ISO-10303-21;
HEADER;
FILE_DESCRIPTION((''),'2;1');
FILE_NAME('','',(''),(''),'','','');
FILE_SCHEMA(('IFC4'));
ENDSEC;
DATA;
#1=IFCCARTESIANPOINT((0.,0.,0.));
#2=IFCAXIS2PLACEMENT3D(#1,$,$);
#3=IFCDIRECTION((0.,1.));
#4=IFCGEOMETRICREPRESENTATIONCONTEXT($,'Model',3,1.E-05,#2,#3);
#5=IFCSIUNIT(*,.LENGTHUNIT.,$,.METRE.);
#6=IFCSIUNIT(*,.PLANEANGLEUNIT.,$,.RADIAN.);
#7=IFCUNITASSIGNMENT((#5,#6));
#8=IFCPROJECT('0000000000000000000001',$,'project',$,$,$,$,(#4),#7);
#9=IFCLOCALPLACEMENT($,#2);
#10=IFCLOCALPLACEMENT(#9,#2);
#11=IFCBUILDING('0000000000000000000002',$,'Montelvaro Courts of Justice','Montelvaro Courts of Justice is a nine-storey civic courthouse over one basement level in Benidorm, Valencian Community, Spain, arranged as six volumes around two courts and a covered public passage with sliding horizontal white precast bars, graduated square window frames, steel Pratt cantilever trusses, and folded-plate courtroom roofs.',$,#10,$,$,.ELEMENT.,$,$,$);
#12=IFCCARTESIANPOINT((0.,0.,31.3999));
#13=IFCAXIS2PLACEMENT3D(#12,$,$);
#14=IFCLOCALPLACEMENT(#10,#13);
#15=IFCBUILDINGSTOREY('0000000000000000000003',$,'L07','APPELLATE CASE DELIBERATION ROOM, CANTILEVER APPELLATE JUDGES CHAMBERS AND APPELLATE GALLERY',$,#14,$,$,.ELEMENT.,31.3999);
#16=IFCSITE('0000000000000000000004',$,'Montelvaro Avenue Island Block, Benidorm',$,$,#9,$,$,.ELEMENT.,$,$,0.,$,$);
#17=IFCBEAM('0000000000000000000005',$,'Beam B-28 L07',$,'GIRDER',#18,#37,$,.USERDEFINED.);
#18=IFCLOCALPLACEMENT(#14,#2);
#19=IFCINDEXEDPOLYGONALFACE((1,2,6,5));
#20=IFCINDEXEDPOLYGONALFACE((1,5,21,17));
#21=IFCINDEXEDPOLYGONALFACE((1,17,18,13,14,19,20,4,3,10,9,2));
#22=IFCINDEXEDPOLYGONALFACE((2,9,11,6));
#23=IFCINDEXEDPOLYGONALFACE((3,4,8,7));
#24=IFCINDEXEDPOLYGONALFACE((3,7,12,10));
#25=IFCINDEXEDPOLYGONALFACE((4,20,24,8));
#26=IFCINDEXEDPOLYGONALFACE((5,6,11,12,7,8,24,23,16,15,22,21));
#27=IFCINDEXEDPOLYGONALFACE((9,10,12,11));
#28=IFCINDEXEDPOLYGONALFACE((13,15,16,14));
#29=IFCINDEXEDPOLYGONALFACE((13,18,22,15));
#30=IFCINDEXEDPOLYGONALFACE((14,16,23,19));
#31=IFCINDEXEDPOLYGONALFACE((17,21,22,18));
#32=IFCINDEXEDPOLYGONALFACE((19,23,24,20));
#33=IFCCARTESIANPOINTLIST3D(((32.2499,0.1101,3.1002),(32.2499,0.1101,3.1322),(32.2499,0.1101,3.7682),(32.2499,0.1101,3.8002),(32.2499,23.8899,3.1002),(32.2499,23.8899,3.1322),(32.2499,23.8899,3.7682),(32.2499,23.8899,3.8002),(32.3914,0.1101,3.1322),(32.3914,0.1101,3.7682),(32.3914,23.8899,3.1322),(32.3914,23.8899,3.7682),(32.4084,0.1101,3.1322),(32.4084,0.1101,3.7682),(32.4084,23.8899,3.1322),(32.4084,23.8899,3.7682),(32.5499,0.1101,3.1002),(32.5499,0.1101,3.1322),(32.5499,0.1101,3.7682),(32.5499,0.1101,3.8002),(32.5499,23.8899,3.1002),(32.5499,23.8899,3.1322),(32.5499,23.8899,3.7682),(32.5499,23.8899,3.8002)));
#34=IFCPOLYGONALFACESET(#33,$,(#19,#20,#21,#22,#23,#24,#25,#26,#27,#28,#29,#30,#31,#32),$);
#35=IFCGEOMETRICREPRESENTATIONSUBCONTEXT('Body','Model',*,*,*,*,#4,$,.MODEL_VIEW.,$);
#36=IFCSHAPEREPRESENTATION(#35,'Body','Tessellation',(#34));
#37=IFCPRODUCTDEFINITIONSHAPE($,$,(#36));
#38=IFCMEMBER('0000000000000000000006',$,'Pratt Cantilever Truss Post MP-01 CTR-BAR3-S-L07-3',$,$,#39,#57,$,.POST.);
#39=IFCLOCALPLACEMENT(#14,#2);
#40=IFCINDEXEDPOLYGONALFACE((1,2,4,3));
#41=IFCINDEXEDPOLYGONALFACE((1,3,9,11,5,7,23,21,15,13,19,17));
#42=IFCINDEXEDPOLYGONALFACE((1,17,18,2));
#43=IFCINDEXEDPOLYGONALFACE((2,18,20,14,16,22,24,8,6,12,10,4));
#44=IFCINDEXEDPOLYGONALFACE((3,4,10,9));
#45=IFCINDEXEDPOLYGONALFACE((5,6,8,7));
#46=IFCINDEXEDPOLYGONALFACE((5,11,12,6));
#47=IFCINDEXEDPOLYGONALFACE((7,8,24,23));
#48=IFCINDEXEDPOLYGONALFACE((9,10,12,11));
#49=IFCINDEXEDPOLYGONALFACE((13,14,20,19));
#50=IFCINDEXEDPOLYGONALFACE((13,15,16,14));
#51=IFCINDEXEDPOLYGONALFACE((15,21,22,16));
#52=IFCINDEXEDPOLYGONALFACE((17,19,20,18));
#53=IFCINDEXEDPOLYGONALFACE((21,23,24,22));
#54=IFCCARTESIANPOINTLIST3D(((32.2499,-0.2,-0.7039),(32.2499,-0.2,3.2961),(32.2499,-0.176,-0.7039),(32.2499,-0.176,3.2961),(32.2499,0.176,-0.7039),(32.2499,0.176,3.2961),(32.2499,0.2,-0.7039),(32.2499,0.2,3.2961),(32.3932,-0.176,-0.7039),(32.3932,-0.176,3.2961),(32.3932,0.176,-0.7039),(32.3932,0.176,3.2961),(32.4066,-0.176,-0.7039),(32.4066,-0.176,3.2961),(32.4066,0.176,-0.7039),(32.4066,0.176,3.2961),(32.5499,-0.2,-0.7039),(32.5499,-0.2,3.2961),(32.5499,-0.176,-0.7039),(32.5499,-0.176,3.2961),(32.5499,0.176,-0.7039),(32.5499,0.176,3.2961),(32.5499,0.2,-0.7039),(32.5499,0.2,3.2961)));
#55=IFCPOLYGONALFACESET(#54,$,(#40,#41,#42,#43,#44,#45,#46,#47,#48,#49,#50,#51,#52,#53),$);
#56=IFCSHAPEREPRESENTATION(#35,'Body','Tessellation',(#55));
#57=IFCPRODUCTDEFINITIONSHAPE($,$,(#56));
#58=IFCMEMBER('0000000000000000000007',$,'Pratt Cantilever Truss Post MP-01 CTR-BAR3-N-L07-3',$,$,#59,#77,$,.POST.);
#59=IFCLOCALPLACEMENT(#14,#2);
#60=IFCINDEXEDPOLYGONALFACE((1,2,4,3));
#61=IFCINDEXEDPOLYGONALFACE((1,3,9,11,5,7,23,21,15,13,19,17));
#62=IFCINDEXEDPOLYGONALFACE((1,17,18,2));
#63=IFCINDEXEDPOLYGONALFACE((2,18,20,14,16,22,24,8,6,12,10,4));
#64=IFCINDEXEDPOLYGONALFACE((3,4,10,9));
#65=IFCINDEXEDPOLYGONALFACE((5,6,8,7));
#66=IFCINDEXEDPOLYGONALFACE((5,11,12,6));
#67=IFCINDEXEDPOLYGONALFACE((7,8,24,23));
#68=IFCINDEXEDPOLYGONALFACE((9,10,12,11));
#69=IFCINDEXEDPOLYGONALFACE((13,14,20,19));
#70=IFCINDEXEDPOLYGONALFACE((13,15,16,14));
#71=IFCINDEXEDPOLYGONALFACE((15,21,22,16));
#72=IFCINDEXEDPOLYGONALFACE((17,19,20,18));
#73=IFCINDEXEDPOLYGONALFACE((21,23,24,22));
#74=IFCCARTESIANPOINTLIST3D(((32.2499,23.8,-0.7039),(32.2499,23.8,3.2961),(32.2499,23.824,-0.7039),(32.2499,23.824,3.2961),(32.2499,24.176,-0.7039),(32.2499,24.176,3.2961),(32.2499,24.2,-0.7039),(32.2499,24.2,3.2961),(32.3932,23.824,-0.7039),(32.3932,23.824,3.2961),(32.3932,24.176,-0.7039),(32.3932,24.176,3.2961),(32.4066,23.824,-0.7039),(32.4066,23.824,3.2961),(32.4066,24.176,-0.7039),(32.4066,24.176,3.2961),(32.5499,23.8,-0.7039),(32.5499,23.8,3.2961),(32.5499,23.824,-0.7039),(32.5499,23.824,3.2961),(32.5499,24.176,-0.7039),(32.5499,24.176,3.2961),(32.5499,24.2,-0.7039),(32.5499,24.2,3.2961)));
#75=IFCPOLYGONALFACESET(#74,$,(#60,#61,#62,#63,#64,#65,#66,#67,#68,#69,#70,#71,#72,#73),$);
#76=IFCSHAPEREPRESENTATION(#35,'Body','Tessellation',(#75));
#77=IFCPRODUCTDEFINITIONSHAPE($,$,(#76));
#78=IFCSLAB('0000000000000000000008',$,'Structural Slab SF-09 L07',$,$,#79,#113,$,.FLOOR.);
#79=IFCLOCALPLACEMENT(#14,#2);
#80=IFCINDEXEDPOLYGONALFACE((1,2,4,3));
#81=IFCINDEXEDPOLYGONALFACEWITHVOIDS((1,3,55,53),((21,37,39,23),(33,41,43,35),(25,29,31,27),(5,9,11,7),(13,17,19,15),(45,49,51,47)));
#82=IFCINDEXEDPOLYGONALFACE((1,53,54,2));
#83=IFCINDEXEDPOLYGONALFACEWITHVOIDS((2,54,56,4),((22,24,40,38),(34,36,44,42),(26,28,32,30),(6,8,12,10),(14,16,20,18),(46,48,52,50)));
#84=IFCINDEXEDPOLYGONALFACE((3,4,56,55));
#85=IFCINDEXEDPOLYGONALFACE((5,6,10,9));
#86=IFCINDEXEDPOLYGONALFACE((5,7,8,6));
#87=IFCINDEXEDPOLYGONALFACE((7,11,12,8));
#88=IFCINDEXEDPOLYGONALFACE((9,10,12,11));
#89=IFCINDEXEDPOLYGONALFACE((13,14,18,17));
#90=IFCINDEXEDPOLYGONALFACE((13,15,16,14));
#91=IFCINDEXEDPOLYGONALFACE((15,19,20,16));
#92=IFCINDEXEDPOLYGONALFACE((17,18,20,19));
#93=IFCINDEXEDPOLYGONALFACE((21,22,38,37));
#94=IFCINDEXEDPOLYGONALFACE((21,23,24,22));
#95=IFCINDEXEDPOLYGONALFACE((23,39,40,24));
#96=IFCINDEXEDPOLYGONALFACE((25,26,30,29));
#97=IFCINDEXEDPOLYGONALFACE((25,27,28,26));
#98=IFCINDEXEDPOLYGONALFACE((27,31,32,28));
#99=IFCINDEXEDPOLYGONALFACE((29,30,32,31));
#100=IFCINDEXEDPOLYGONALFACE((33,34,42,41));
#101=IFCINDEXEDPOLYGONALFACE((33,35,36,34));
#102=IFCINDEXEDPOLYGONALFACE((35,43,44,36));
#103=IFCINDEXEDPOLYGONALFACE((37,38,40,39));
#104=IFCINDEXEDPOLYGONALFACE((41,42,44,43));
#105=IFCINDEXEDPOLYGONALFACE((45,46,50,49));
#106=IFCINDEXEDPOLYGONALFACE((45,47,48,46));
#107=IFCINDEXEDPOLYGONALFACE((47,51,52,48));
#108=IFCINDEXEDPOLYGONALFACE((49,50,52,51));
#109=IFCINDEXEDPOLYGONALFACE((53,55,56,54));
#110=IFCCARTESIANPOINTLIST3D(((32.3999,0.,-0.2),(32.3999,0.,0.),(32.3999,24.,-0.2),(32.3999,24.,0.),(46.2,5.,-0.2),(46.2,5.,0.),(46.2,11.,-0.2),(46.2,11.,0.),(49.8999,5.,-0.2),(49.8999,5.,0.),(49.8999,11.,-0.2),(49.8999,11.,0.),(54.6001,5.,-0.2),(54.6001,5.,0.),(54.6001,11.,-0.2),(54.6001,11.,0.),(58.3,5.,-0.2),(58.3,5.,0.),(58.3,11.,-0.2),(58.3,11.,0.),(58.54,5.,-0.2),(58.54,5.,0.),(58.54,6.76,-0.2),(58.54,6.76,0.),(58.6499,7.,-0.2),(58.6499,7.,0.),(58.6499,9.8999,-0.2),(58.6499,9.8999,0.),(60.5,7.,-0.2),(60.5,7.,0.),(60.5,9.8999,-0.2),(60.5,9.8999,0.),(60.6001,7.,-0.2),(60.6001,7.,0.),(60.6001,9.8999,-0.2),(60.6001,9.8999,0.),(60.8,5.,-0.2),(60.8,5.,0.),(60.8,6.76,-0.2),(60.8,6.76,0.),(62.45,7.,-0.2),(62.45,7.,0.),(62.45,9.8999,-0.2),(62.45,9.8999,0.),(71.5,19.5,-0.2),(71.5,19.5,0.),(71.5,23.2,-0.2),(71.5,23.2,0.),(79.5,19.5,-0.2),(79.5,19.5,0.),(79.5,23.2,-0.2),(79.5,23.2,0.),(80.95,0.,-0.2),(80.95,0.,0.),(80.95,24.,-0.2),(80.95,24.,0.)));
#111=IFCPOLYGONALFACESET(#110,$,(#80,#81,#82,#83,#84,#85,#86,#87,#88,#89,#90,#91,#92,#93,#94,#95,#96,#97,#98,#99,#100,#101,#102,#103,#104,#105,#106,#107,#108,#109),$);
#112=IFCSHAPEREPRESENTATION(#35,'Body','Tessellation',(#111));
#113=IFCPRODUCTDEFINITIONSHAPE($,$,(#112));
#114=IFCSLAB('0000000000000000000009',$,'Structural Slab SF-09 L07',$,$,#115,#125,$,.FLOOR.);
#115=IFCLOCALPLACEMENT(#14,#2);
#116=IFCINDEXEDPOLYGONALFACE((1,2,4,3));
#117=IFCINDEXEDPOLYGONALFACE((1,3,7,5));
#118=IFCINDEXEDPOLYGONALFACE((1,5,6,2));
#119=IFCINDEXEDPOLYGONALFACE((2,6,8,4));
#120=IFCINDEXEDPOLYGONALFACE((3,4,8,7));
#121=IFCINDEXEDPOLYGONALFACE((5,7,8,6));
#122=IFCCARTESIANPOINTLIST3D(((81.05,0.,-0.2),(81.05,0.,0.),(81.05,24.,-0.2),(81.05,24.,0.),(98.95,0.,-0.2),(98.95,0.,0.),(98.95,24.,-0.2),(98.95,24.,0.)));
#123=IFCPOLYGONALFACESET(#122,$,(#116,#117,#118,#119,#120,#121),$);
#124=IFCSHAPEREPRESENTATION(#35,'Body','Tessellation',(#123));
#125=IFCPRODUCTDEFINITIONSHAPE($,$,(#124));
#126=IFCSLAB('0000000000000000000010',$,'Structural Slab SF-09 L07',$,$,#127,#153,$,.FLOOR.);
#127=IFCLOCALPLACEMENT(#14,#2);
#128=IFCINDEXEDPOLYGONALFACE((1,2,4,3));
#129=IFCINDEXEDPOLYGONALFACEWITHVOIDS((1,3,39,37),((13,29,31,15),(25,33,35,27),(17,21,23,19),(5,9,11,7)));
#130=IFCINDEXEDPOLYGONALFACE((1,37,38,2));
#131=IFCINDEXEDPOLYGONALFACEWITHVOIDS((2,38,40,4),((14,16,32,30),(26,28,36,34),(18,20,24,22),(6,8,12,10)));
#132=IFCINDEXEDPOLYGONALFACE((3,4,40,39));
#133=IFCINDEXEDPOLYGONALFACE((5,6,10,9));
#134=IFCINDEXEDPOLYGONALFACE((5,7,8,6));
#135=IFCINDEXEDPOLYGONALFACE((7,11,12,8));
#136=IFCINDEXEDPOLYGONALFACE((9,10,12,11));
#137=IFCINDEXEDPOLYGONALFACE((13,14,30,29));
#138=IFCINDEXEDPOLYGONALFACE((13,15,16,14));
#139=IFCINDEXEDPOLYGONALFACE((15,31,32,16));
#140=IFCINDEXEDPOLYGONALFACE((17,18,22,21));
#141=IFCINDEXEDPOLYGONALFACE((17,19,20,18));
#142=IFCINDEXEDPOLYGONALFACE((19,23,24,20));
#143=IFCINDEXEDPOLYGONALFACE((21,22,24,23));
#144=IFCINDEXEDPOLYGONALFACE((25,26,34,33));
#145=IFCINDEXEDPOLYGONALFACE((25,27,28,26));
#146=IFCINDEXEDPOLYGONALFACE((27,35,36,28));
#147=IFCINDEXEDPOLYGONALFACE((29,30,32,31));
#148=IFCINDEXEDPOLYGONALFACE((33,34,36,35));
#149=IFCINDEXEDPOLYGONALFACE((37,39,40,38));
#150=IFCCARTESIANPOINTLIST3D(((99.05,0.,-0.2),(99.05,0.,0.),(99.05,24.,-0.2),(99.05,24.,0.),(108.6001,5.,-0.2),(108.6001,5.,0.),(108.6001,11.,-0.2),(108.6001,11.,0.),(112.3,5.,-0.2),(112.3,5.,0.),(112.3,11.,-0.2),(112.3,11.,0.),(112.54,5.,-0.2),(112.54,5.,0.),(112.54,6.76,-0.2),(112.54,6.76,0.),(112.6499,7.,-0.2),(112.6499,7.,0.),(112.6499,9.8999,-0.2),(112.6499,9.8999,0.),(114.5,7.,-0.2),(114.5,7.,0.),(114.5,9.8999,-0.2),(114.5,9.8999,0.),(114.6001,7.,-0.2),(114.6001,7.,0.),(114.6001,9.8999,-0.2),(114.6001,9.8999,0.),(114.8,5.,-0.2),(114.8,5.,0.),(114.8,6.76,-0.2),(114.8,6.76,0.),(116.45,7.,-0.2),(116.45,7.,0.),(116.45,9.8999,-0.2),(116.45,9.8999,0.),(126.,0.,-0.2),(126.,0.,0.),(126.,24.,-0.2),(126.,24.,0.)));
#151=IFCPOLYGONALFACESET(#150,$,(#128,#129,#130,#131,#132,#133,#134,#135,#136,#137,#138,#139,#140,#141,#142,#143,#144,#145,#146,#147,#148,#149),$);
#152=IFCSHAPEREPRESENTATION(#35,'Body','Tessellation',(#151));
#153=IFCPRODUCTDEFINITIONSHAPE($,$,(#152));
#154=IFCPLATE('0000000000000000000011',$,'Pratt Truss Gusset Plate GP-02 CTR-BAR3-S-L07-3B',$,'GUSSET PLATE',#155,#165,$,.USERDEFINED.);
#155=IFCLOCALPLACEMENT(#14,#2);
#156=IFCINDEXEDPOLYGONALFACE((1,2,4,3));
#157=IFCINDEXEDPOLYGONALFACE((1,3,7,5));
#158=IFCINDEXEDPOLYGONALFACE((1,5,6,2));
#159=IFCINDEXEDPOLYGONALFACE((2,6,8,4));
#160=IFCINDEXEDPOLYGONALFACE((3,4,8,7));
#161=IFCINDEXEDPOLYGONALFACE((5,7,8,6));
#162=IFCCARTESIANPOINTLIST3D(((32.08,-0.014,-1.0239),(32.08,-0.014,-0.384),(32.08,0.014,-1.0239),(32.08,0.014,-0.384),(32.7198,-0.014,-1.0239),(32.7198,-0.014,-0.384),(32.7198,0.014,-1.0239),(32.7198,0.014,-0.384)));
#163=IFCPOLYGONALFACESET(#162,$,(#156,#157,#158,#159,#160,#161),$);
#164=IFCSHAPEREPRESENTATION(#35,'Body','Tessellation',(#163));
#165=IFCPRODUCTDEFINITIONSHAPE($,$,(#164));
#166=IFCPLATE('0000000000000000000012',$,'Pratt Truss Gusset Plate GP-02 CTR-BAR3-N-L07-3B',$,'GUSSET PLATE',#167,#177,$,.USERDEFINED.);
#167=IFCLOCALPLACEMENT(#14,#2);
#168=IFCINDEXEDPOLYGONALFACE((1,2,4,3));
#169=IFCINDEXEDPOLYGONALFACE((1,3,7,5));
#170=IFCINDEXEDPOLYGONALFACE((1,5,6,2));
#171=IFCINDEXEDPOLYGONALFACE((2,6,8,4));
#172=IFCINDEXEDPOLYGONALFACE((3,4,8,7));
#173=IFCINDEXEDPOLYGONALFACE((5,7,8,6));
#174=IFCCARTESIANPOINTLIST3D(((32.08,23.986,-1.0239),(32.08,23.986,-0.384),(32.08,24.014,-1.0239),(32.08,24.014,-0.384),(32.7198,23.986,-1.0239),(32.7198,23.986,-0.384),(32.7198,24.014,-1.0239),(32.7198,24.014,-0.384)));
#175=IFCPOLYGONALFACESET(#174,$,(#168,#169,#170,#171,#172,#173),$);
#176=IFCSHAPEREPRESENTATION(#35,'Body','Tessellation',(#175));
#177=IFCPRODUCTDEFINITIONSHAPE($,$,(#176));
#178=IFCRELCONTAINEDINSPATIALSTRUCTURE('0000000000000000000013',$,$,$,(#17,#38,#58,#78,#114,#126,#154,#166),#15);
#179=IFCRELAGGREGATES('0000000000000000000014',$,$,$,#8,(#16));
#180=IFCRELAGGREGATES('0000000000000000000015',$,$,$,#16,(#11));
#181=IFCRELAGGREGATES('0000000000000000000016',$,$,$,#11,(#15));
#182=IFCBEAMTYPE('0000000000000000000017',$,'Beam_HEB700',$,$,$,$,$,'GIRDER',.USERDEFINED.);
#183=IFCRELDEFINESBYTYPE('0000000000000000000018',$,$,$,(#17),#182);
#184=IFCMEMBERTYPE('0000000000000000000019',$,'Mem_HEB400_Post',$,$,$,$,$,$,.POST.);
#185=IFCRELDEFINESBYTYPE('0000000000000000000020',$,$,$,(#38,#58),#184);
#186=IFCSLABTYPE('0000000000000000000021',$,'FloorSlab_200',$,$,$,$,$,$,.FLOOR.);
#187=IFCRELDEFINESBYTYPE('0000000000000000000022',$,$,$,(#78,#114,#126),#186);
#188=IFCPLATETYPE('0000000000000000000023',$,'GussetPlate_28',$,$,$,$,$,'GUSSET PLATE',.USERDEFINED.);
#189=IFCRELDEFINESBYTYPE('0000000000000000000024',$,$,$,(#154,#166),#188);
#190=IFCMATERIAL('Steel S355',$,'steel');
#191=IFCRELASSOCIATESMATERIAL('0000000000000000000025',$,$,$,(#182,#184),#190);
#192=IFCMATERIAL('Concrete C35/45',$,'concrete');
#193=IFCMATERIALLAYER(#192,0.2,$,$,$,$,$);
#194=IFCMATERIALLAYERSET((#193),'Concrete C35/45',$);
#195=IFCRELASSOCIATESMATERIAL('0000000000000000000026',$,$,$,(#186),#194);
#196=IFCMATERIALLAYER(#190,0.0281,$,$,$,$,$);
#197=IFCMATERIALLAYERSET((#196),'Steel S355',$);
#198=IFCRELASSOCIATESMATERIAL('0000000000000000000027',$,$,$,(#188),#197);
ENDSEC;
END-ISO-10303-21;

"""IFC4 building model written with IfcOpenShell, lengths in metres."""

from ifc_helpers import new_model, si_unit, direction, frame, origin, origin_2d, place, context, subcontext, project, spatial, polyline, rectangle, i_section, outline, extrude, material, layer, layer_set, material_profile, profile_set, type_object, element, save


model = new_model("IFC4")

# Units and contexts
model_context = context("Model", 3, precision=1e-05, world=origin(), true_north=direction((0.0, 1.0)))
body_context = subcontext(model_context, "Body", "Model", "MODEL_VIEW")
ifc_project = project(units=[si_unit("LENGTHUNIT", "METRE"), si_unit("PLANEANGLEUNIT", "RADIAN")], contexts=[model_context])

# Site, building, storey
site_placement = place(None, origin())
site = spatial("IfcSite", under=ifc_project, at=site_placement, Name="Montelvaro Avenue Island Block, Benidorm", CompositionType="ELEMENT", RefElevation=0.0)
building_placement = place(site_placement, origin())
building = spatial("IfcBuilding", under=site, at=building_placement, Name="Montelvaro Courts of Justice", Description="Montelvaro Courts of Justice is a nine-storey civic courthouse over one basement level in Benidorm, Valencian Community, Spain, arranged as six volumes around two courts and a covered public passage with sliding horizontal white precast bars, graduated square window frames, steel Pratt cantilever trusses, and folded-plate courtroom roofs.", CompositionType="ELEMENT")
storey_placement = place(building_placement, frame((0.0, 0.0, 31.3999)))
storey = spatial("IfcBuildingStorey", under=building, at=storey_placement, Name="L07", Description="APPELLATE CASE DELIBERATION ROOM, CANTILEVER APPELLATE JUDGES CHAMBERS AND APPELLATE GALLERY", CompositionType="ELEMENT", Elevation=31.3999)

# Beam
ifc_material_1 = material(Name="Steel S355", Category="steel")
ifc_material_profile_1 = material_profile(ifc_material_1, i_section(OverallWidth=0.3, OverallDepth=0.7, WebThickness=0.0171, FlangeThickness=0.032, at=origin_2d()), Name="HEB 700")
ifc_profile_set_1 = profile_set([ifc_material_profile_1], Name="Steel S355")
beam_type = type_object("IfcBeamType", Name="Beam_HEB700", ElementType="GIRDER", PredefinedType="USERDEFINED", material=ifc_profile_set_1)
beam_placement = place(storey_placement, frame((32.3999, 0.1101, 3.4502), z_axis=(0.0, 1.0, 0.0), x_axis=(-1.0, 0.0, 0.0)))
element("IfcBeam", 1, at=beam_placement, inside=storey, type_object=beam_type, Name="Beam B-28 L07", ObjectType="GIRDER", PredefinedType="USERDEFINED", context=body_context, shape_type="SweptSolid", body=[
    extrude(i_section(OverallWidth=0.3, OverallDepth=0.7, WebThickness=0.0171, FlangeThickness=0.032, at=origin_2d()), origin(), (0.0, 0.0, 1.0), 23.7798),
])

# Members
ifc_material_profile_2 = material_profile(ifc_material_1, i_section(OverallWidth=0.3, OverallDepth=0.3999, WebThickness=0.0134, FlangeThickness=0.0239, at=origin_2d()), Name="HEB 400")
ifc_profile_set_2 = profile_set([ifc_material_profile_2], Name="Steel S355")
member_type = type_object("IfcMemberType", Name="Mem_HEB400_Post", PredefinedType="POST", material=ifc_profile_set_2)
for number, where, z_axis, x_axis, name in (
    (2, (32.3999, 0.0, -0.7039), (0.0, 0.0, 1.0), (1.0, 0.0, 0.0), "Pratt Cantilever Truss Post MP-01 CTR-BAR3-S-L07-3"),
    (3, (32.3999, 24.0, -0.7039), (0.0, 0.0, 1.0), (1.0, 0.0, 0.0), "Pratt Cantilever Truss Post MP-01 CTR-BAR3-N-L07-3"),
):
    element("IfcMember", number, at=place(storey_placement, frame(where, z_axis=z_axis, x_axis=x_axis)), inside=storey, type_object=member_type, Name=name, PredefinedType="POST", context=body_context, shape_type="SweptSolid", body=[
        extrude(i_section(OverallWidth=0.3, OverallDepth=0.3999, WebThickness=0.0134, FlangeThickness=0.0239, at=origin_2d()), origin(), (0.0, 0.0, 1.0), 4.0),
    ])

# Slabs
ifc_material_2 = material(Name="Concrete C35/45", Category="concrete")
ifc_layer_1 = layer(ifc_material_2, 0.2)
ifc_layer_set_1 = layer_set([ifc_layer_1], Name="Concrete C35/45")
slab_type_1 = type_object("IfcSlabType", Name="FloorSlab_200", PredefinedType="FLOOR", material=ifc_layer_set_1)
slab_1_placement = place(storey_placement, frame((0.0, 0.0, -0.2)))
element("IfcSlab", 4, at=slab_1_placement, inside=storey, type_object=slab_type_1, Name="Structural Slab SF-09 L07", PredefinedType="FLOOR", context=body_context, shape_type="SweptSolid", body=[
    extrude(outline(polyline([(32.3999, 0.0), (80.95, 0.0), (80.95, 24.0), (32.3999, 24.0), (32.3999, 0.0)]), holes=[polyline([(54.6001, 5.0), (58.3, 5.0), (58.3, 11.0), (54.6001, 11.0), (54.6001, 5.0)]), polyline([(58.54, 5.0), (60.8, 5.0), (60.8, 6.76), (58.54, 6.76), (58.54, 5.0)]), polyline([(58.6499, 7.0), (60.5, 7.0), (60.5, 9.8999), (58.6499, 9.8999), (58.6499, 7.0)]), polyline([(60.6001, 7.0), (62.45, 7.0), (62.45, 9.8999), (60.6001, 9.8999), (60.6001, 7.0)]), polyline([(46.2, 5.0), (49.8999, 5.0), (49.8999, 11.0), (46.2, 11.0), (46.2, 5.0)]), polyline([(71.5, 19.5), (79.5, 19.5), (79.5, 23.2), (71.5, 23.2), (71.5, 19.5)])]), origin(), (0.0, 0.0, 1.0), 0.2),
])
slab_2_placement = place(storey_placement, frame((0.0, 0.0, -0.2)))
element("IfcSlab", 5, at=slab_2_placement, inside=storey, type_object=slab_type_1, Name="Structural Slab SF-09 L07", PredefinedType="FLOOR", context=body_context, shape_type="SweptSolid", body=[
    extrude(outline(polyline([(81.05, 0.0), (98.95, 0.0), (98.95, 24.0), (81.05, 24.0), (81.05, 0.0)])), origin(), (0.0, 0.0, 1.0), 0.2),
])
slab_3_placement = place(storey_placement, frame((0.0, 0.0, -0.2)))
element("IfcSlab", 6, at=slab_3_placement, inside=storey, type_object=slab_type_1, Name="Structural Slab SF-09 L07", PredefinedType="FLOOR", context=body_context, shape_type="SweptSolid", body=[
    extrude(outline(polyline([(99.05, 0.0), (126.0, 0.0), (126.0, 24.0), (99.05, 24.0), (99.05, 0.0)]), holes=[polyline([(108.6001, 5.0), (112.3, 5.0), (112.3, 11.0), (108.6001, 11.0), (108.6001, 5.0)]), polyline([(112.54, 5.0), (114.8, 5.0), (114.8, 6.76), (112.54, 6.76), (112.54, 5.0)]), polyline([(112.6499, 7.0), (114.5, 7.0), (114.5, 9.8999), (112.6499, 9.8999), (112.6499, 7.0)]), polyline([(114.6001, 7.0), (116.45, 7.0), (116.45, 9.8999), (114.6001, 9.8999), (114.6001, 7.0)])]), origin(), (0.0, 0.0, 1.0), 0.2),
])

# Plates
ifc_layer_2 = layer(ifc_material_1, 0.0281)
ifc_layer_set_2 = layer_set([ifc_layer_2], Name="Steel S355")
plate_type_1 = type_object("IfcPlateType", Name="GussetPlate_28", ElementType="GUSSET PLATE", PredefinedType="USERDEFINED", material=ifc_layer_set_2)
for number, where, z_axis, x_axis, name in (
    (7, (32.3999, 0.0, -1.0239), (0.0, 0.0, 1.0), (1.0, 0.0, 0.0), "Pratt Truss Gusset Plate GP-02 CTR-BAR3-S-L07-3B"),
    (8, (32.3999, 24.0, -1.0239), (0.0, 0.0, 1.0), (1.0, 0.0, 0.0), "Pratt Truss Gusset Plate GP-02 CTR-BAR3-N-L07-3B"),
):
    element("IfcPlate", number, at=place(storey_placement, frame(where, z_axis=z_axis, x_axis=x_axis)), inside=storey, type_object=plate_type_1, Name=name, ObjectType="GUSSET PLATE", PredefinedType="USERDEFINED", context=body_context, shape_type="SweptSolid", body=[
        extrude(rectangle(XDim=0.6399, YDim=0.0281, at=origin_2d()), origin(), (0.0, 0.0, 1.0), 0.6399),
    ])

save(model, "model.ifc")
